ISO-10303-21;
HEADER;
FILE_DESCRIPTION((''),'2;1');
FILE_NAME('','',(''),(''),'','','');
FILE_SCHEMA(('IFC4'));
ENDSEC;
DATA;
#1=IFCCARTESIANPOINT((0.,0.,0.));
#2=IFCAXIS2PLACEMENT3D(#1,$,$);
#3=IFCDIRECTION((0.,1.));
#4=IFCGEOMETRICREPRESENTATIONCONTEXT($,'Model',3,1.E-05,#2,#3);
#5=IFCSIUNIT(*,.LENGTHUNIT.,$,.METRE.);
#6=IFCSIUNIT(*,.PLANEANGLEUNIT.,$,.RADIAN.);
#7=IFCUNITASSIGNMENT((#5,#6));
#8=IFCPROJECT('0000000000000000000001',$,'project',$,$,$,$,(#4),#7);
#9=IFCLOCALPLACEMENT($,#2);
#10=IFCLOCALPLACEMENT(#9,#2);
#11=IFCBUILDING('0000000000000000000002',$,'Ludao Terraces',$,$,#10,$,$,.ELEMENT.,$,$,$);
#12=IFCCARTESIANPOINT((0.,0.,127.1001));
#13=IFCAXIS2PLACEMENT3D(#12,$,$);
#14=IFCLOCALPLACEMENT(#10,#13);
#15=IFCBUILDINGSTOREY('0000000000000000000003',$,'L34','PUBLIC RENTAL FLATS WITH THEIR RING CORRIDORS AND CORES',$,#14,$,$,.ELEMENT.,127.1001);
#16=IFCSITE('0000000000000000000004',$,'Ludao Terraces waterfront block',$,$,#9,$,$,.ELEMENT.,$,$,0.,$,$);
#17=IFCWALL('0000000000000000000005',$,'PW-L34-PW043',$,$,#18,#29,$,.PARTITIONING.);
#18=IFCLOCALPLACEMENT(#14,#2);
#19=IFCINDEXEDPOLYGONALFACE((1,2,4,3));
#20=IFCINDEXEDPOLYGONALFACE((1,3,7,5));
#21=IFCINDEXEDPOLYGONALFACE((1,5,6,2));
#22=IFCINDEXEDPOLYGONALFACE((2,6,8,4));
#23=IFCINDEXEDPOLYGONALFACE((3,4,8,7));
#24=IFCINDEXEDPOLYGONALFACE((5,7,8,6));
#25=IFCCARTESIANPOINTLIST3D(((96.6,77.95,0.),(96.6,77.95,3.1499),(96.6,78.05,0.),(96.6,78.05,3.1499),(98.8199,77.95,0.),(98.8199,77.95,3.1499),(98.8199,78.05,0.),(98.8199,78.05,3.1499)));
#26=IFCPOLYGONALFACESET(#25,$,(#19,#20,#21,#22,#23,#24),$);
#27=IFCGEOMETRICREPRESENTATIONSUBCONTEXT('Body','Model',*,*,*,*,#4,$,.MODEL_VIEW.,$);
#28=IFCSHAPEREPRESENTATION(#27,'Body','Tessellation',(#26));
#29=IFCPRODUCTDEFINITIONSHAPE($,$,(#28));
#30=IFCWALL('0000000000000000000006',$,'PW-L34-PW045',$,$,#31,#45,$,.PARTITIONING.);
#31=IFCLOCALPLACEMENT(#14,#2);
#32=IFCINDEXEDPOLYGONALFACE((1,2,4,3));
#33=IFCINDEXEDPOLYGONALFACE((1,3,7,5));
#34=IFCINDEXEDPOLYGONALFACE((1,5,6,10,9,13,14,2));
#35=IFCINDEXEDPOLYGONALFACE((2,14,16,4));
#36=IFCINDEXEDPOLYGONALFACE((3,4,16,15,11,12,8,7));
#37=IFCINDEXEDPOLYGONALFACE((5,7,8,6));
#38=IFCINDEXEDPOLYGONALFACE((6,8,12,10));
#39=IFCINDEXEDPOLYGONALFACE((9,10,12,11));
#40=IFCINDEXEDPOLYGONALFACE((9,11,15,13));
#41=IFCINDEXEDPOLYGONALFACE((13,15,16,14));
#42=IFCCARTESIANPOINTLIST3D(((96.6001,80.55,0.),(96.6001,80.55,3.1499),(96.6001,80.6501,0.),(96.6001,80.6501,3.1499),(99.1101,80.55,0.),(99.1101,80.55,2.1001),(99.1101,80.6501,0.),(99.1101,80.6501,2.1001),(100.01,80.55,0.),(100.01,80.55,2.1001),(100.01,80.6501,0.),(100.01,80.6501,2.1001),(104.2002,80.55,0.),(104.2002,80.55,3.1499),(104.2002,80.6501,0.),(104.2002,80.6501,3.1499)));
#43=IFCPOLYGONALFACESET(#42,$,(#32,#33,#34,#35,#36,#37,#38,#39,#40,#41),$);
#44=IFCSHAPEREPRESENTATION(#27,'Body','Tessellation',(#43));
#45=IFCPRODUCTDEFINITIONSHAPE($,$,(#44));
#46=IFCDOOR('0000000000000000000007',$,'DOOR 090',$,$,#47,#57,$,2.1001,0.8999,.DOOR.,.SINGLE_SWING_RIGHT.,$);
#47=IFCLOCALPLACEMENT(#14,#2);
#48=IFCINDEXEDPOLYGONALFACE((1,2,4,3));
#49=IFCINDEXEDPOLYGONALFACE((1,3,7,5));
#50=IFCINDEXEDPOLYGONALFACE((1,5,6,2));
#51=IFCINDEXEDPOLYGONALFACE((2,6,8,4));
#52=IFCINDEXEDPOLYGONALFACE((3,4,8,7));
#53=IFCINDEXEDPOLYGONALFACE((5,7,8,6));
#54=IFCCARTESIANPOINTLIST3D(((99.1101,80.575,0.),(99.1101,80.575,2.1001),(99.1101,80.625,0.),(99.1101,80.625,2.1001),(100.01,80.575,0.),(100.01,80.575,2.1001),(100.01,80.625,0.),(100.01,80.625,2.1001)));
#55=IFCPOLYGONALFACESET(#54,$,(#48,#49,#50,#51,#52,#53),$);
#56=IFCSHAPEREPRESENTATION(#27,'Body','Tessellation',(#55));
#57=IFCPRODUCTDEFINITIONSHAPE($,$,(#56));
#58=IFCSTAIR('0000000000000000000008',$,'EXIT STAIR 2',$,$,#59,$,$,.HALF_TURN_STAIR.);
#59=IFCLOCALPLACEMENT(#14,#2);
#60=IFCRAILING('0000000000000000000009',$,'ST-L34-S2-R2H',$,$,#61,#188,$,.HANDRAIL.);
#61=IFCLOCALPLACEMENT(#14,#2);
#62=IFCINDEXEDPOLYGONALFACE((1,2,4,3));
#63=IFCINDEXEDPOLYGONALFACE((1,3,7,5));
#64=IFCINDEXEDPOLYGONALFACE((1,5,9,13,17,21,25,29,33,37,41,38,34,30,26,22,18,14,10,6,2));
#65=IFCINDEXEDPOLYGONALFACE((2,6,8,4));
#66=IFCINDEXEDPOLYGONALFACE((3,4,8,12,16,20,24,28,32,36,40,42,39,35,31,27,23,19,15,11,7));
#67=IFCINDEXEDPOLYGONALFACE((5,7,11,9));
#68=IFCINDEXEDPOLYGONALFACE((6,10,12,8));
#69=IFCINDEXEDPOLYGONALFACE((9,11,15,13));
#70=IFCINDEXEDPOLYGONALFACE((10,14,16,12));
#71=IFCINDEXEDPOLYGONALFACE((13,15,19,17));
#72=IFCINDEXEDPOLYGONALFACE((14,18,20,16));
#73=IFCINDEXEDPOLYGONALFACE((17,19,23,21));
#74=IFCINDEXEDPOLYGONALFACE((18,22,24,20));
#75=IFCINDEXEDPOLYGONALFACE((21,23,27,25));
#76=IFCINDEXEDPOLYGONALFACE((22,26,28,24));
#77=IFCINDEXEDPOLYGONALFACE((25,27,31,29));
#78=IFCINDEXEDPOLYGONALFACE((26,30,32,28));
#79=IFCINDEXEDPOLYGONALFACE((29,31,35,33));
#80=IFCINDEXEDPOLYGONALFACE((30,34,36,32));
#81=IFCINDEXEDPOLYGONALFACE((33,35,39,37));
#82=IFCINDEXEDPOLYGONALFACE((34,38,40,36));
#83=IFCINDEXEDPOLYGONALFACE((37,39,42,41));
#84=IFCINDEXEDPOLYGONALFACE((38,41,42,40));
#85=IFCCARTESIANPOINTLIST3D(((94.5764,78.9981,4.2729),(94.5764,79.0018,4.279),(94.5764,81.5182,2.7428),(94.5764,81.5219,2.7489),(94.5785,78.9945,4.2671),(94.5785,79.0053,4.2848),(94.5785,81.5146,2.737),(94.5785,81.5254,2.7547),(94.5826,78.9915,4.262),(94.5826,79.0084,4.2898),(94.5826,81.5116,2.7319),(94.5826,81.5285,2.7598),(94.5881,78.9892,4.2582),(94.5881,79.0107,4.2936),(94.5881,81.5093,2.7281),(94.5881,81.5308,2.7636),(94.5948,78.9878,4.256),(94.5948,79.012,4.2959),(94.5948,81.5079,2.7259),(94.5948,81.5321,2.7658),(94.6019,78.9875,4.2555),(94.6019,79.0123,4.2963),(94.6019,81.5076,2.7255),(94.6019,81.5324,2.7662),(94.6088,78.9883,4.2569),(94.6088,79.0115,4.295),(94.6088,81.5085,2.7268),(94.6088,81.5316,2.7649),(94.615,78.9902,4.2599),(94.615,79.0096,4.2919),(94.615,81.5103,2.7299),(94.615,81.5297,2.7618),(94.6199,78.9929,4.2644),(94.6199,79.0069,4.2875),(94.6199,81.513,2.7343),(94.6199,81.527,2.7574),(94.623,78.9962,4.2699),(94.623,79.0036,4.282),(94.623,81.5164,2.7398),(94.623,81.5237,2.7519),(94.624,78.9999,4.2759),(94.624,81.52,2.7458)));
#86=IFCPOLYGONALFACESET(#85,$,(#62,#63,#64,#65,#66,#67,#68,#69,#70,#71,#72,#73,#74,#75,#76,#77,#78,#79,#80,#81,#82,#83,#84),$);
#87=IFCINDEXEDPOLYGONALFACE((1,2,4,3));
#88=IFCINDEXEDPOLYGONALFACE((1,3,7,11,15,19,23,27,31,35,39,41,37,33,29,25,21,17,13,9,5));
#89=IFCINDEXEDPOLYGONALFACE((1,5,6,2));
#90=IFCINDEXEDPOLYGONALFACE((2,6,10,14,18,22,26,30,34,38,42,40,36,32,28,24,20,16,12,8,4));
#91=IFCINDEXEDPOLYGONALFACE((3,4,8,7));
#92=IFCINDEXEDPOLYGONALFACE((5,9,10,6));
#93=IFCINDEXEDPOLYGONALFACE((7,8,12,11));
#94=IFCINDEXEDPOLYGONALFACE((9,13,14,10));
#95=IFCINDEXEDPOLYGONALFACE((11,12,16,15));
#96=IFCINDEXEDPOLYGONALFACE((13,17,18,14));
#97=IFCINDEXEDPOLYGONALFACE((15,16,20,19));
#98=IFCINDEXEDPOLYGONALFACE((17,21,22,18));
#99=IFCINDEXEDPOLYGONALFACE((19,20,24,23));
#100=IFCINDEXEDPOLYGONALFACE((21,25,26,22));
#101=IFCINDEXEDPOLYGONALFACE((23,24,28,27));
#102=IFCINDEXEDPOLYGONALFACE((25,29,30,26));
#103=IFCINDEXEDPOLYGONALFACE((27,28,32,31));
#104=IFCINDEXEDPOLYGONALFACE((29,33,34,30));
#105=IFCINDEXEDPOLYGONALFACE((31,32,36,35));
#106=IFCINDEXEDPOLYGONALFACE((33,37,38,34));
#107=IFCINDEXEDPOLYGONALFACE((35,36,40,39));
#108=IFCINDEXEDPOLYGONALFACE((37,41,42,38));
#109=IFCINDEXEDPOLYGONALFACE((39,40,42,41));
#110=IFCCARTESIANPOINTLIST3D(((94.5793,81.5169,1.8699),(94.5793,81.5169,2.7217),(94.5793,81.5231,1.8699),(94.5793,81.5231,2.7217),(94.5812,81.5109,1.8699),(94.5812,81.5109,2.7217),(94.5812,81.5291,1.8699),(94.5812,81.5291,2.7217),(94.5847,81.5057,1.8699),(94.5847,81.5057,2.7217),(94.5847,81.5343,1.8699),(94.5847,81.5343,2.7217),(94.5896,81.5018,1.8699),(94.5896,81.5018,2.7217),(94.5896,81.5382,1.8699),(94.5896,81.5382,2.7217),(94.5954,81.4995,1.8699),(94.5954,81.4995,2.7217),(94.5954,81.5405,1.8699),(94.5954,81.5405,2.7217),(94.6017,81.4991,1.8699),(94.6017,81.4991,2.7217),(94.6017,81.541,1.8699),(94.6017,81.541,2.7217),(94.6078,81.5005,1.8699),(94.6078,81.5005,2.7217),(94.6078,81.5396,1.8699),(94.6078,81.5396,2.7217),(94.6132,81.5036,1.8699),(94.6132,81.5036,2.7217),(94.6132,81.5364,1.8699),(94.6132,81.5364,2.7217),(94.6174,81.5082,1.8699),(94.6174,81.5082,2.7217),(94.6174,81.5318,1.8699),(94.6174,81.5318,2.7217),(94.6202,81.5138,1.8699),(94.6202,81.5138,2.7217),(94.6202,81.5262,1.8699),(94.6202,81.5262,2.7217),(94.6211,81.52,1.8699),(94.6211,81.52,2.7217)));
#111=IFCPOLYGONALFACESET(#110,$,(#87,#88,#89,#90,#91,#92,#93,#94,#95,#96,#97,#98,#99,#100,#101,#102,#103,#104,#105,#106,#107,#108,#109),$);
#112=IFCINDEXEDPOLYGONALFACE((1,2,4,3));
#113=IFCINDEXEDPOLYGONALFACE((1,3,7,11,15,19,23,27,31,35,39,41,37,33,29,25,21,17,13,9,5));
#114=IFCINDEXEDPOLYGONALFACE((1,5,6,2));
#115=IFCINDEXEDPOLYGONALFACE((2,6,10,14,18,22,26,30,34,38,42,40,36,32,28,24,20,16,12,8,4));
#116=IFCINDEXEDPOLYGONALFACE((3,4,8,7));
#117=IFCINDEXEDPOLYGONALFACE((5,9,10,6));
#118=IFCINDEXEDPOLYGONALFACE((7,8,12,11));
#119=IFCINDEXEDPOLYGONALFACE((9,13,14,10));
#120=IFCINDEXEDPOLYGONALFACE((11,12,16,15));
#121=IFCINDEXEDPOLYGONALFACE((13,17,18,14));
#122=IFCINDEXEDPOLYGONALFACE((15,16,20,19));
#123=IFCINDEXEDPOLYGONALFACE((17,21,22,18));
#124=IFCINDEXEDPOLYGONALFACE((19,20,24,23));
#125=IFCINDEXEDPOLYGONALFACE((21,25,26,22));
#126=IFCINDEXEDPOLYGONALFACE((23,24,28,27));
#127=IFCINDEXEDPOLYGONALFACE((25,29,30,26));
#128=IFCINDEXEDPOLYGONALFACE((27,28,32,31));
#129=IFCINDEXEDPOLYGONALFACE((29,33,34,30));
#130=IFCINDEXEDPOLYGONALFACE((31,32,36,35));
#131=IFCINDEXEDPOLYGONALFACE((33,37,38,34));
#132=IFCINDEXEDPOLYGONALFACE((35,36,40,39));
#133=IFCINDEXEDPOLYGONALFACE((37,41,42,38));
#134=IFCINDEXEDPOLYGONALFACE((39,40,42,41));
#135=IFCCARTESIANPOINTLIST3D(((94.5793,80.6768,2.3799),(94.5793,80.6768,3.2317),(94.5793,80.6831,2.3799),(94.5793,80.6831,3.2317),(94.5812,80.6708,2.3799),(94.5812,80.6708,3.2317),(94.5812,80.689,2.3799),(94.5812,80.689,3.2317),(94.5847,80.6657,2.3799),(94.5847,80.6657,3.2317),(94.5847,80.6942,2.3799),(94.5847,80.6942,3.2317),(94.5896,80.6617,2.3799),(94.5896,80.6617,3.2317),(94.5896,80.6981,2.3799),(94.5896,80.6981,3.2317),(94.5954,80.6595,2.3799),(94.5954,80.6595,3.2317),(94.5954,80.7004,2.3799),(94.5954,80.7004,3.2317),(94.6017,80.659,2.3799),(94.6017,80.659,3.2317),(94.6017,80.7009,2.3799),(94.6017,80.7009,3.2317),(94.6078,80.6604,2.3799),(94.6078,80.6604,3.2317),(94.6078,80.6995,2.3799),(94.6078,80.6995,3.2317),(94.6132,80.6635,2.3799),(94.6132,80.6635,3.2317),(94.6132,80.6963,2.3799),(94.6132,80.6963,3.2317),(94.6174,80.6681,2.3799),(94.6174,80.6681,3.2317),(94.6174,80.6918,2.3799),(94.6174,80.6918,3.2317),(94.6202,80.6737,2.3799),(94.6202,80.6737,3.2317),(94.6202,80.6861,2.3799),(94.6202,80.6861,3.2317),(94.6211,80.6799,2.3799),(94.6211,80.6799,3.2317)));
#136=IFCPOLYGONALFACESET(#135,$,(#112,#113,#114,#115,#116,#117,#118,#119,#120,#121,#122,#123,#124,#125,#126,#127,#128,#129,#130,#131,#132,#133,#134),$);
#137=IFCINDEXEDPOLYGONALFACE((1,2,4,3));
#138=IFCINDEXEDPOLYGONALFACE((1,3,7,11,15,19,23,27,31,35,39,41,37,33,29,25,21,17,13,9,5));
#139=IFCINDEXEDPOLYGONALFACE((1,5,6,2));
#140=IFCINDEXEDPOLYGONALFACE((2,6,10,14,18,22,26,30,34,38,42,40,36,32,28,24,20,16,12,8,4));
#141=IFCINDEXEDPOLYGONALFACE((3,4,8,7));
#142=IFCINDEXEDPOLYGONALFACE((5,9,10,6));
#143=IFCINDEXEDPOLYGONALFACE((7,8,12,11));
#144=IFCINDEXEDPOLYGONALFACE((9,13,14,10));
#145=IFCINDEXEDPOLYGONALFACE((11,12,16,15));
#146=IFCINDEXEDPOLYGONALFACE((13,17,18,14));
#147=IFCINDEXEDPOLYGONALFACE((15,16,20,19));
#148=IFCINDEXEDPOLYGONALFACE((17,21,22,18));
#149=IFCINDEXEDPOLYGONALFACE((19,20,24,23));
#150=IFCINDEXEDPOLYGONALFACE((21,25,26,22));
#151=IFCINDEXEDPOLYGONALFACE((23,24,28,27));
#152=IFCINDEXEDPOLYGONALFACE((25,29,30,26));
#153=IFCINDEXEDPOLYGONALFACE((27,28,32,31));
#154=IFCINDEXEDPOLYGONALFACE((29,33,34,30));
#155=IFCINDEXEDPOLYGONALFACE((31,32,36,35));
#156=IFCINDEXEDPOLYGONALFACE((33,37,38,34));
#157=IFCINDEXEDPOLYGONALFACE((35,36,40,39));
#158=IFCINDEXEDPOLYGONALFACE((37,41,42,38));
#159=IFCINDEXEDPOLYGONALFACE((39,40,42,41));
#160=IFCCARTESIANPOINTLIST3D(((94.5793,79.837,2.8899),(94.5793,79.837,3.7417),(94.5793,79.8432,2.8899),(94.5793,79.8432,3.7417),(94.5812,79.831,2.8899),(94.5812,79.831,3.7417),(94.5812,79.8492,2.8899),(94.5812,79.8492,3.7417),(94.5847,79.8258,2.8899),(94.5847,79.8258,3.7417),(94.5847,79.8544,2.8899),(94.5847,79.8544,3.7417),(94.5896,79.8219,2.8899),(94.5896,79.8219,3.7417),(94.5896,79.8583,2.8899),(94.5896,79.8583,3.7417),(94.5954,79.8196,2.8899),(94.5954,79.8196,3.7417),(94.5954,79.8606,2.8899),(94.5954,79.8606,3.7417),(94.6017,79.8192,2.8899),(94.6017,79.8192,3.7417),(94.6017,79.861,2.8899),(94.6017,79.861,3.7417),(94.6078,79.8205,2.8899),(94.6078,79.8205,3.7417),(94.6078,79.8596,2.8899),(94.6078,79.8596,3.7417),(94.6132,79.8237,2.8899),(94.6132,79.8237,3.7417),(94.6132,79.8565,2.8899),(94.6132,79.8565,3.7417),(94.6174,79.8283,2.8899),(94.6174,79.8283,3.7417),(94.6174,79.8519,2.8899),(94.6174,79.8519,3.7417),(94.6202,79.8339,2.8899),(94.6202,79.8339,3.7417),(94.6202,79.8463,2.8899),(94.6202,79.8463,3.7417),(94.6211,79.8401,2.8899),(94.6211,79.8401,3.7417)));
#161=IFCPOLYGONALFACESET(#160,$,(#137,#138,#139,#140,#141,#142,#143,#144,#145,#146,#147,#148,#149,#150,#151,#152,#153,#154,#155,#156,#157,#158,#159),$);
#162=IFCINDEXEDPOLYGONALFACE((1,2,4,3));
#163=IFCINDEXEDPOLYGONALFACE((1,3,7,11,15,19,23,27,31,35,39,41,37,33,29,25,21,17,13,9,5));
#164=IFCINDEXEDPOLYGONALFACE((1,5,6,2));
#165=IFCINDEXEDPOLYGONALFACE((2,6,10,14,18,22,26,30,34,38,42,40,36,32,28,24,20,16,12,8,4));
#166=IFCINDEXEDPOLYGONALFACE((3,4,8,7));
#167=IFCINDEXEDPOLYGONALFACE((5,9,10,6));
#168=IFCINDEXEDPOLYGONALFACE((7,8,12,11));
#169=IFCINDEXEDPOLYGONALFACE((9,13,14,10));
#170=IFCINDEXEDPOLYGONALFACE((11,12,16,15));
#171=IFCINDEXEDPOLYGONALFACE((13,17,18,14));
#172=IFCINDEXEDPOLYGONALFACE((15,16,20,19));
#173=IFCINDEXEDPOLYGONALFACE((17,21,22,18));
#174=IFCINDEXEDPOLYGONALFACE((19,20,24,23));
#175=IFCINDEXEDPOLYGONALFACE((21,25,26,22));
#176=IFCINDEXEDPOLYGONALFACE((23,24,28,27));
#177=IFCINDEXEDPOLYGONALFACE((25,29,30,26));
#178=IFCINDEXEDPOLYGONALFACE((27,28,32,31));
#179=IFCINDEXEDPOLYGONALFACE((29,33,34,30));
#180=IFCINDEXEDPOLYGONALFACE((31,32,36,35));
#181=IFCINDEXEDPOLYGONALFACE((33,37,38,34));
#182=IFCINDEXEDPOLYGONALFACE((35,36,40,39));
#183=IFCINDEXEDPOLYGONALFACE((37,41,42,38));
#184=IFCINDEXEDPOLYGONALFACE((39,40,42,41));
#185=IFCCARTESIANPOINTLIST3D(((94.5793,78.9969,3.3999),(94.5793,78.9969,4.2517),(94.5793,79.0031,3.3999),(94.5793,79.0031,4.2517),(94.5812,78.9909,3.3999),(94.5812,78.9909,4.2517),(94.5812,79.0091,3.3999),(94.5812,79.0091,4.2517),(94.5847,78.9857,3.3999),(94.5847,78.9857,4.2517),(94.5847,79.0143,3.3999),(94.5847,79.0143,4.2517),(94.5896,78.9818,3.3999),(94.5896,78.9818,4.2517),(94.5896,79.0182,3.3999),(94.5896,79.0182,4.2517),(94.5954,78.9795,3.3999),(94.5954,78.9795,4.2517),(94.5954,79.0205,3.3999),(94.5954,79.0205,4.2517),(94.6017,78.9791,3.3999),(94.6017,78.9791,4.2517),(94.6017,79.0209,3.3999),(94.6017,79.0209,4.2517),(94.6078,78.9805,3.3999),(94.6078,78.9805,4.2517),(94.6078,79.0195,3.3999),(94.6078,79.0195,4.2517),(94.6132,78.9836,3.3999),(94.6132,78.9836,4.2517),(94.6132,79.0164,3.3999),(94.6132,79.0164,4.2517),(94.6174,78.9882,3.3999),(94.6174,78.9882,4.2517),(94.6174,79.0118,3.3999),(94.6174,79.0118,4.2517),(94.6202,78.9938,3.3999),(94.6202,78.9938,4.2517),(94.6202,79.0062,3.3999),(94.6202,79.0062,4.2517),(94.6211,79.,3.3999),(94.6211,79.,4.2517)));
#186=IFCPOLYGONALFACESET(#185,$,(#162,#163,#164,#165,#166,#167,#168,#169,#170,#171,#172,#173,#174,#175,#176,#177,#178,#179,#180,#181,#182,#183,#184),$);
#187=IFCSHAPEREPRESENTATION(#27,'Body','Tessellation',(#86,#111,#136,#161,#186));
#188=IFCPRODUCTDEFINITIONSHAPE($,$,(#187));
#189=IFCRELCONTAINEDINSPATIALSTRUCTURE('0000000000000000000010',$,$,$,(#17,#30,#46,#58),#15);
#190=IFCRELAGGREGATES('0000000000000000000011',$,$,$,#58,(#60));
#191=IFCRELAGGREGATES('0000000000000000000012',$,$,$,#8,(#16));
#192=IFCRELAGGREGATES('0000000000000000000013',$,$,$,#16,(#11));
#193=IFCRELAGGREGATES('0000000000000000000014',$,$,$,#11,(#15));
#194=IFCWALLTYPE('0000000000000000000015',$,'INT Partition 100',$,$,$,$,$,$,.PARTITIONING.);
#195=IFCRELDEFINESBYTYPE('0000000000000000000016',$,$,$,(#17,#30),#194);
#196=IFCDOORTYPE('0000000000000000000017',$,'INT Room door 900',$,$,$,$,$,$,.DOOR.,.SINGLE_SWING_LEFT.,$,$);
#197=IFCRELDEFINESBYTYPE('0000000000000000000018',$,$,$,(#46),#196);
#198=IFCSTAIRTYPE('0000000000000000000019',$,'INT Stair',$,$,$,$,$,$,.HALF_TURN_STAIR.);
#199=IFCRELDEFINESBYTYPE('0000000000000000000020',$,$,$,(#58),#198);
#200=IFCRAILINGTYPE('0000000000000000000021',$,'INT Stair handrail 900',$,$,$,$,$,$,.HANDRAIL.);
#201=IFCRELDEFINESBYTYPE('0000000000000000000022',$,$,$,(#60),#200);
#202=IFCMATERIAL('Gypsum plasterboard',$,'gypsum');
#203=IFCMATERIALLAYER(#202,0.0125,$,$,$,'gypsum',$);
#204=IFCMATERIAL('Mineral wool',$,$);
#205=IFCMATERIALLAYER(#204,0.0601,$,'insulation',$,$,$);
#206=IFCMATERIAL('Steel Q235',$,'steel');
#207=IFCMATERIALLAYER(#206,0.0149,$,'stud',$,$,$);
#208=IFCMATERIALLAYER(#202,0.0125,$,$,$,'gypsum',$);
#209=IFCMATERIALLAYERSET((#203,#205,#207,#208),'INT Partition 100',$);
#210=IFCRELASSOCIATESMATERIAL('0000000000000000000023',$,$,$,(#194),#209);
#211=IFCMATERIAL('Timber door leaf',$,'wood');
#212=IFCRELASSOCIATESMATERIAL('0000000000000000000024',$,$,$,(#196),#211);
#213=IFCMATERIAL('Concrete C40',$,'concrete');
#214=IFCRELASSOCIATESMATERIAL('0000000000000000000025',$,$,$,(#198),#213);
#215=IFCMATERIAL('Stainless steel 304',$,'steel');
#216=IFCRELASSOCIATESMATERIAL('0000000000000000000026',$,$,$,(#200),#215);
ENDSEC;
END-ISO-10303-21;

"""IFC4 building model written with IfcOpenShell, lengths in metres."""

from ifc_helpers import new_model, si_unit, direction, frame, frame_2d, origin, origin_2d, place, context, subcontext, project, spatial, rectangle, circle, extrude, material, layer, layer_set, type_object, element, fill, aggregate, save


model = new_model("IFC4")

# Units and contexts
model_context = context("Model", 3, precision=1e-05, world=origin(), true_north=direction((0.0, 1.0)))
body_context = subcontext(model_context, "Body", "Model", "MODEL_VIEW")
ifc_project = project(units=[si_unit("LENGTHUNIT", "METRE"), si_unit("PLANEANGLEUNIT", "RADIAN")], contexts=[model_context])

# Site, building, storey
site_placement = place(None, origin())
site = spatial("IfcSite", under=ifc_project, at=site_placement, Name="Ludao Terraces waterfront block", CompositionType="ELEMENT", RefElevation=0.0)
building_placement = place(site_placement, origin())
building = spatial("IfcBuilding", under=site, at=building_placement, Name="Ludao Terraces", CompositionType="ELEMENT")
storey_placement = place(building_placement, frame((0.0, 0.0, 127.1001)))
storey = spatial("IfcBuildingStorey", under=building, at=storey_placement, Name="L34", Description="PUBLIC RENTAL FLATS WITH THEIR RING CORRIDORS AND CORES", CompositionType="ELEMENT", Elevation=127.1001)

# Shared definitions
ifc_material_1 = material(Name="Concrete C40", Category="concrete")

# Shared definitions
ifc_material_2 = material(Name="Steel Q235", Category="steel")

# Shared definitions
ifc_material_3 = material(Name="Mineral wool")

# Wall
ifc_material_4 = material(Name="Gypsum plasterboard", Category="gypsum")
ifc_layer_1 = layer(ifc_material_4, 0.0125, Category="gypsum")
ifc_layer_2 = layer(ifc_material_3, 0.0601, Name="insulation")
ifc_layer_3 = layer(ifc_material_2, 0.0149, Name="stud")
ifc_layer_4 = layer(ifc_material_4, 0.0125, Category="gypsum")
ifc_layer_set_1 = layer_set([ifc_layer_1, ifc_layer_2, ifc_layer_3, ifc_layer_4], Name="INT Partition 100")
wall_type_1 = type_object("IfcWallType", Name="INT Partition 100", PredefinedType="PARTITIONING", material=ifc_layer_set_1)
wall_1_placement = place(storey_placement, frame((96.6001, 78.0, 0.0), z_axis=(0.0, 0.0, 1.0), x_axis=(1.0, 0.0, 0.0)))
element("IfcWall", 1, at=wall_1_placement, inside=storey, type_object=wall_type_1, Name="PW-L34-PW043", PredefinedType="PARTITIONING", context=body_context, shape_type="SweptSolid", body=[
    extrude(rectangle(XDim=2.22, YDim=0.1001, at=frame_2d((1.1099, 0.0))), origin(), (0.0, 0.0, 1.0), 3.1499),
])

# Wall, opening, door
wall_2_placement = place(storey_placement, frame((96.6001, 80.6001, 0.0), z_axis=(0.0, 0.0, 1.0), x_axis=(1.0, 0.0, 0.0)))
wall_2 = element("IfcWall", 2, at=wall_2_placement, inside=storey, type_object=wall_type_1, Name="PW-L34-PW045", PredefinedType="PARTITIONING", context=body_context, shape_type="SweptSolid", body=[
    extrude(rectangle(XDim=7.6001, YDim=0.1001, at=frame_2d((3.8, 0.0))), origin(), (0.0, 0.0, 1.0), 3.1499),
])
opening_1_placement = place(wall_2_placement, frame((2.51, 0.0, 0.0)))
opening_1 = element("IfcOpeningElement", 3, at=opening_1_placement, cuts=wall_2, PredefinedType="OPENING", context=body_context, shape_type="SweptSolid", body=[
    extrude(rectangle(XDim=0.8999, YDim=2.1001, at=frame_2d((0.45, 1.05))), frame((0.0, 0.0601, 0.0), z_axis=(0.0, -1.0, 0.0), x_axis=(1.0, 0.0, 0.0)), (0.0, 0.0, 1.0), 0.1201),
])
ifc_material_5 = material(Name="Timber door leaf", Category="wood")
door_type_1 = type_object("IfcDoorType", Name="INT Room door 900", OperationType="SINGLE_SWING_LEFT", PredefinedType="DOOR", material=ifc_material_5)
door_1_placement = place(opening_1_placement, origin())
door_1 = element("IfcDoor", 4, at=door_1_placement, inside=storey, type_object=door_type_1, Name="DOOR 090", OperationType="SINGLE_SWING_RIGHT", OverallHeight=2.1001, OverallWidth=0.8999, PredefinedType="DOOR", context=body_context, shape_type="SweptSolid", body=[
    extrude(rectangle(XDim=0.8999, YDim=2.1001, at=frame_2d((0.45, 1.05))), frame((0.0, 0.0249, 0.0), z_axis=(0.0, -1.0, 0.0), x_axis=(1.0, 0.0, 0.0)), (0.0, 0.0, 1.0), 0.05),
])
fill(opening_1, door_1)

# Stair, railing
stair_type = type_object("IfcStairType", Name="INT Stair", PredefinedType="HALF_TURN_STAIR", material=ifc_material_1)
stair_placement = place(storey_placement, origin())
stair = element("IfcStair", 5, at=stair_placement, inside=storey, type_object=stair_type, Name="EXIT STAIR 2", PredefinedType="HALF_TURN_STAIR")
ifc_material_6 = material(Name="Stainless steel 304", Category="steel")
railing_type = type_object("IfcRailingType", Name="INT Stair handrail 900", PredefinedType="HANDRAIL", material=ifc_material_6)
railing_placement = place(storey_placement, frame((94.6001, 81.52, 1.8699)))
railing = element("IfcRailing", 6, at=railing_placement, type_object=railing_type, Name="ST-L34-S2-R2H", PredefinedType="HANDRAIL", context=body_context, shape_type="SweptSolid", body=[
    extrude(circle(Radius=0.0239, at=origin_2d()), frame((0.0, 0.0, 0.876), z_axis=(0.0, -0.854785, 0.518982), x_axis=(1.0, 0.0, 0.0)), (0.0, 0.0, 1.0), 2.9482),
    extrude(circle(Radius=0.021, at=origin_2d()), origin(), (0.0, 0.0, 1.0), 0.8518),
    extrude(circle(Radius=0.021, at=origin_2d()), frame((0.0, -0.8401, 0.51)), (0.0, 0.0, 1.0), 0.8518),
    extrude(circle(Radius=0.021, at=origin_2d()), frame((0.0, -1.6799, 1.02)), (0.0, 0.0, 1.0), 0.8518),
    extrude(circle(Radius=0.021, at=origin_2d()), frame((0.0, -2.52, 1.53)), (0.0, 0.0, 1.0), 0.8518),
])
aggregate(stair, [railing])

save(model, "model.ifc")
